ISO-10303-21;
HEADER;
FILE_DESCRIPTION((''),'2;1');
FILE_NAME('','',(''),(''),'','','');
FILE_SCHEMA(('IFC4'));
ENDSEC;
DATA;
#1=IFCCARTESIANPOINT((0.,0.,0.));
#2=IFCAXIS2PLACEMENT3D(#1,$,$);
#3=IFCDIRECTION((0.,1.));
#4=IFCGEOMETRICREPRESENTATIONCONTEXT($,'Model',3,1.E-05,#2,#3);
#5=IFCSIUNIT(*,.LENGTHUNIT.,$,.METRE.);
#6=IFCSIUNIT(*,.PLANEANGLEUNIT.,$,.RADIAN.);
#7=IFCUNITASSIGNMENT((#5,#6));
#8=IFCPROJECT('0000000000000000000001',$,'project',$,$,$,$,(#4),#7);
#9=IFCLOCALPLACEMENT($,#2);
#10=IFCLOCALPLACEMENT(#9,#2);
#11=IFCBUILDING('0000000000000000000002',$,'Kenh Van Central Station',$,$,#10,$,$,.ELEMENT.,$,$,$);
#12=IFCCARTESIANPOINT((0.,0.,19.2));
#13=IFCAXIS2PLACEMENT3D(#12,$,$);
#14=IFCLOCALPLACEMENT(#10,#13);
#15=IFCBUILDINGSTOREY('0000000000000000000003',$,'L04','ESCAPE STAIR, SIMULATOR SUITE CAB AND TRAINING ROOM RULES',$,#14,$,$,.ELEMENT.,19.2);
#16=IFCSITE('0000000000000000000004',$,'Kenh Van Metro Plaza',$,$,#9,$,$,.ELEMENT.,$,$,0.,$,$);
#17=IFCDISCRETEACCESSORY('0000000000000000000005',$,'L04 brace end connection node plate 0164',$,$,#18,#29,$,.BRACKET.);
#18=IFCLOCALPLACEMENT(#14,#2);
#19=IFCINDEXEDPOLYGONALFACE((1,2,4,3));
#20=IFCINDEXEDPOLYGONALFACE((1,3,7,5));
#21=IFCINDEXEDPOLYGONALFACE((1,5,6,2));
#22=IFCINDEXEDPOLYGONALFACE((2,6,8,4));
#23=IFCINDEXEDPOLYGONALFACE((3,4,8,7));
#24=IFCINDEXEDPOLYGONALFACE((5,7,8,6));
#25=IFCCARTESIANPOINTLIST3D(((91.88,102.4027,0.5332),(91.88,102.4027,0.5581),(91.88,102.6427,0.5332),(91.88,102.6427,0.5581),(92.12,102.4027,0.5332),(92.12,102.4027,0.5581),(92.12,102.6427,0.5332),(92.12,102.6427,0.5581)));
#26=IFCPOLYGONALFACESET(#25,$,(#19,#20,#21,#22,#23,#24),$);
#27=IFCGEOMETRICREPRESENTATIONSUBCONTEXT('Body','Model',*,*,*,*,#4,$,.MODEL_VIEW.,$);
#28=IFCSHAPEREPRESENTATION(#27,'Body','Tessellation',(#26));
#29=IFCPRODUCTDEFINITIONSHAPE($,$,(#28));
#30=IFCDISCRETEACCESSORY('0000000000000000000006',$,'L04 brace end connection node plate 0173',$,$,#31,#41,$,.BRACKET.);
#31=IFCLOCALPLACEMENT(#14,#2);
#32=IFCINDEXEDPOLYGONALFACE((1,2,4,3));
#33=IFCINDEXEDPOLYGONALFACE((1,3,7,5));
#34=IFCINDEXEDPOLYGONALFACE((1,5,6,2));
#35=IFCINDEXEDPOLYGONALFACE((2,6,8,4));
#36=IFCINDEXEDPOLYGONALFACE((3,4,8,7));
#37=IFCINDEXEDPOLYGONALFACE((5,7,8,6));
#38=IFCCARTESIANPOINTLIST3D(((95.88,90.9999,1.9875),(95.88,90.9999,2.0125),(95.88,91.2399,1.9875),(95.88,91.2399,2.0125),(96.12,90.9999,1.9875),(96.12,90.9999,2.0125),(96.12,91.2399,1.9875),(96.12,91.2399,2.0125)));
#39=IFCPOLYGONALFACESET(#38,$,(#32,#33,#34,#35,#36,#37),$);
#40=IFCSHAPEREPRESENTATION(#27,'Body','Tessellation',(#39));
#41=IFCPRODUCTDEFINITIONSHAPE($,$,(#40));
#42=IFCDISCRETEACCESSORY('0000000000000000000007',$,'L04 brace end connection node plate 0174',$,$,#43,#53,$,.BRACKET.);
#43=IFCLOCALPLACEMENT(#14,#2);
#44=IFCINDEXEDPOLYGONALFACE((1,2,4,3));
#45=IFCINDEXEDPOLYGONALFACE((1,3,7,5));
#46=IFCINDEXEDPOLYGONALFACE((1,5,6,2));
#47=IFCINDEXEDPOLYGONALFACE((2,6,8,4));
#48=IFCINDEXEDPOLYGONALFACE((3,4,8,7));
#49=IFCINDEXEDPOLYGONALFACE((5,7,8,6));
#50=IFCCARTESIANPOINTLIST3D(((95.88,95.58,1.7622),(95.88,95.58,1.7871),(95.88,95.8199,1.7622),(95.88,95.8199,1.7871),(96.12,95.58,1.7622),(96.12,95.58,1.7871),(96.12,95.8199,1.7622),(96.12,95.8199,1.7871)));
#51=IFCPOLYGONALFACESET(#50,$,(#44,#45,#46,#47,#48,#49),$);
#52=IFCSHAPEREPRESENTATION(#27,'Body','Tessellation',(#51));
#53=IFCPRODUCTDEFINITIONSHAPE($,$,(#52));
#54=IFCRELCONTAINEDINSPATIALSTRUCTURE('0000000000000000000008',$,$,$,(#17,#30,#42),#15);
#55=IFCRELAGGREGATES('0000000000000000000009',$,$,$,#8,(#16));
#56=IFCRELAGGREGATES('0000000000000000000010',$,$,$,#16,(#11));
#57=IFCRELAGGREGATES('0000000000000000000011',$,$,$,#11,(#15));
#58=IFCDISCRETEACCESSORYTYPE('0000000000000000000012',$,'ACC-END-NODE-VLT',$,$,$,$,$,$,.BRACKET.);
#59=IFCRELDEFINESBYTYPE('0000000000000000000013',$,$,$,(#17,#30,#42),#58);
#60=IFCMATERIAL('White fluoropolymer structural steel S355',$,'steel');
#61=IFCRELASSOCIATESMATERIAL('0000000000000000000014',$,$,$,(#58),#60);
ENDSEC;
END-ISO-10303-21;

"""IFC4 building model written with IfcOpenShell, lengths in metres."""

from ifc_helpers import new_model, si_unit, direction, frame, origin, origin_2d, place, context, subcontext, project, spatial, rectangle, extrude, material, type_object, element, save


model = new_model("IFC4")

# Units and contexts
model_context = context("Model", 3, precision=1e-05, world=origin(), true_north=direction((0.0, 1.0)))
body_context = subcontext(model_context, "Body", "Model", "MODEL_VIEW")
ifc_project = project(units=[si_unit("LENGTHUNIT", "METRE"), si_unit("PLANEANGLEUNIT", "RADIAN")], contexts=[model_context])

# Site, building, storey
site_placement = place(None, origin())
site = spatial("IfcSite", under=ifc_project, at=site_placement, Name="Kenh Van Metro Plaza", CompositionType="ELEMENT", RefElevation=0.0)
building_placement = place(site_placement, origin())
building = spatial("IfcBuilding", under=site, at=building_placement, Name="Kenh Van Central Station", CompositionType="ELEMENT")
storey_placement = place(building_placement, frame((0.0, 0.0, 19.2)))
storey = spatial("IfcBuildingStorey", under=building, at=storey_placement, Name="L04", Description="ESCAPE STAIR, SIMULATOR SUITE CAB AND TRAINING ROOM RULES", CompositionType="ELEMENT", Elevation=19.2)

# Shared definitions
ifc_material_1 = material(Name="White fluoropolymer structural steel S355", Category="steel")

# Discrete accessories
discrete_accessory_type_1 = type_object("IfcDiscreteAccessoryType", Name="ACC-END-NODE-VLT", PredefinedType="BRACKET", material=ifc_material_1)
for number, where, z_axis, x_axis, name in (
    (1, (92.0, 102.5227, 0.5332), (0.0, 0.0, 1.0), (1.0, 0.0, 0.0), "L04 brace end connection node plate 0164"),
    (2, (96.0, 91.1199, 1.9875), (0.0, 0.0, 1.0), (1.0, 0.0, 0.0), "L04 brace end connection node plate 0173"),
    (3, (96.0, 95.7, 1.7622), (0.0, 0.0, 1.0), (1.0, 0.0, 0.0), "L04 brace end connection node plate 0174"),
):
    element("IfcDiscreteAccessory", number, at=place(storey_placement, frame(where, z_axis=z_axis, x_axis=x_axis)), inside=storey, type_object=discrete_accessory_type_1, Name=name, PredefinedType="BRACKET", context=body_context, shape_type="SweptSolid", body=[
        extrude(rectangle(XDim=0.24, YDim=0.24, at=origin_2d()), origin(), (0.0, 0.0, 1.0), 0.0249),
    ])

save(model, "model.ifc")
